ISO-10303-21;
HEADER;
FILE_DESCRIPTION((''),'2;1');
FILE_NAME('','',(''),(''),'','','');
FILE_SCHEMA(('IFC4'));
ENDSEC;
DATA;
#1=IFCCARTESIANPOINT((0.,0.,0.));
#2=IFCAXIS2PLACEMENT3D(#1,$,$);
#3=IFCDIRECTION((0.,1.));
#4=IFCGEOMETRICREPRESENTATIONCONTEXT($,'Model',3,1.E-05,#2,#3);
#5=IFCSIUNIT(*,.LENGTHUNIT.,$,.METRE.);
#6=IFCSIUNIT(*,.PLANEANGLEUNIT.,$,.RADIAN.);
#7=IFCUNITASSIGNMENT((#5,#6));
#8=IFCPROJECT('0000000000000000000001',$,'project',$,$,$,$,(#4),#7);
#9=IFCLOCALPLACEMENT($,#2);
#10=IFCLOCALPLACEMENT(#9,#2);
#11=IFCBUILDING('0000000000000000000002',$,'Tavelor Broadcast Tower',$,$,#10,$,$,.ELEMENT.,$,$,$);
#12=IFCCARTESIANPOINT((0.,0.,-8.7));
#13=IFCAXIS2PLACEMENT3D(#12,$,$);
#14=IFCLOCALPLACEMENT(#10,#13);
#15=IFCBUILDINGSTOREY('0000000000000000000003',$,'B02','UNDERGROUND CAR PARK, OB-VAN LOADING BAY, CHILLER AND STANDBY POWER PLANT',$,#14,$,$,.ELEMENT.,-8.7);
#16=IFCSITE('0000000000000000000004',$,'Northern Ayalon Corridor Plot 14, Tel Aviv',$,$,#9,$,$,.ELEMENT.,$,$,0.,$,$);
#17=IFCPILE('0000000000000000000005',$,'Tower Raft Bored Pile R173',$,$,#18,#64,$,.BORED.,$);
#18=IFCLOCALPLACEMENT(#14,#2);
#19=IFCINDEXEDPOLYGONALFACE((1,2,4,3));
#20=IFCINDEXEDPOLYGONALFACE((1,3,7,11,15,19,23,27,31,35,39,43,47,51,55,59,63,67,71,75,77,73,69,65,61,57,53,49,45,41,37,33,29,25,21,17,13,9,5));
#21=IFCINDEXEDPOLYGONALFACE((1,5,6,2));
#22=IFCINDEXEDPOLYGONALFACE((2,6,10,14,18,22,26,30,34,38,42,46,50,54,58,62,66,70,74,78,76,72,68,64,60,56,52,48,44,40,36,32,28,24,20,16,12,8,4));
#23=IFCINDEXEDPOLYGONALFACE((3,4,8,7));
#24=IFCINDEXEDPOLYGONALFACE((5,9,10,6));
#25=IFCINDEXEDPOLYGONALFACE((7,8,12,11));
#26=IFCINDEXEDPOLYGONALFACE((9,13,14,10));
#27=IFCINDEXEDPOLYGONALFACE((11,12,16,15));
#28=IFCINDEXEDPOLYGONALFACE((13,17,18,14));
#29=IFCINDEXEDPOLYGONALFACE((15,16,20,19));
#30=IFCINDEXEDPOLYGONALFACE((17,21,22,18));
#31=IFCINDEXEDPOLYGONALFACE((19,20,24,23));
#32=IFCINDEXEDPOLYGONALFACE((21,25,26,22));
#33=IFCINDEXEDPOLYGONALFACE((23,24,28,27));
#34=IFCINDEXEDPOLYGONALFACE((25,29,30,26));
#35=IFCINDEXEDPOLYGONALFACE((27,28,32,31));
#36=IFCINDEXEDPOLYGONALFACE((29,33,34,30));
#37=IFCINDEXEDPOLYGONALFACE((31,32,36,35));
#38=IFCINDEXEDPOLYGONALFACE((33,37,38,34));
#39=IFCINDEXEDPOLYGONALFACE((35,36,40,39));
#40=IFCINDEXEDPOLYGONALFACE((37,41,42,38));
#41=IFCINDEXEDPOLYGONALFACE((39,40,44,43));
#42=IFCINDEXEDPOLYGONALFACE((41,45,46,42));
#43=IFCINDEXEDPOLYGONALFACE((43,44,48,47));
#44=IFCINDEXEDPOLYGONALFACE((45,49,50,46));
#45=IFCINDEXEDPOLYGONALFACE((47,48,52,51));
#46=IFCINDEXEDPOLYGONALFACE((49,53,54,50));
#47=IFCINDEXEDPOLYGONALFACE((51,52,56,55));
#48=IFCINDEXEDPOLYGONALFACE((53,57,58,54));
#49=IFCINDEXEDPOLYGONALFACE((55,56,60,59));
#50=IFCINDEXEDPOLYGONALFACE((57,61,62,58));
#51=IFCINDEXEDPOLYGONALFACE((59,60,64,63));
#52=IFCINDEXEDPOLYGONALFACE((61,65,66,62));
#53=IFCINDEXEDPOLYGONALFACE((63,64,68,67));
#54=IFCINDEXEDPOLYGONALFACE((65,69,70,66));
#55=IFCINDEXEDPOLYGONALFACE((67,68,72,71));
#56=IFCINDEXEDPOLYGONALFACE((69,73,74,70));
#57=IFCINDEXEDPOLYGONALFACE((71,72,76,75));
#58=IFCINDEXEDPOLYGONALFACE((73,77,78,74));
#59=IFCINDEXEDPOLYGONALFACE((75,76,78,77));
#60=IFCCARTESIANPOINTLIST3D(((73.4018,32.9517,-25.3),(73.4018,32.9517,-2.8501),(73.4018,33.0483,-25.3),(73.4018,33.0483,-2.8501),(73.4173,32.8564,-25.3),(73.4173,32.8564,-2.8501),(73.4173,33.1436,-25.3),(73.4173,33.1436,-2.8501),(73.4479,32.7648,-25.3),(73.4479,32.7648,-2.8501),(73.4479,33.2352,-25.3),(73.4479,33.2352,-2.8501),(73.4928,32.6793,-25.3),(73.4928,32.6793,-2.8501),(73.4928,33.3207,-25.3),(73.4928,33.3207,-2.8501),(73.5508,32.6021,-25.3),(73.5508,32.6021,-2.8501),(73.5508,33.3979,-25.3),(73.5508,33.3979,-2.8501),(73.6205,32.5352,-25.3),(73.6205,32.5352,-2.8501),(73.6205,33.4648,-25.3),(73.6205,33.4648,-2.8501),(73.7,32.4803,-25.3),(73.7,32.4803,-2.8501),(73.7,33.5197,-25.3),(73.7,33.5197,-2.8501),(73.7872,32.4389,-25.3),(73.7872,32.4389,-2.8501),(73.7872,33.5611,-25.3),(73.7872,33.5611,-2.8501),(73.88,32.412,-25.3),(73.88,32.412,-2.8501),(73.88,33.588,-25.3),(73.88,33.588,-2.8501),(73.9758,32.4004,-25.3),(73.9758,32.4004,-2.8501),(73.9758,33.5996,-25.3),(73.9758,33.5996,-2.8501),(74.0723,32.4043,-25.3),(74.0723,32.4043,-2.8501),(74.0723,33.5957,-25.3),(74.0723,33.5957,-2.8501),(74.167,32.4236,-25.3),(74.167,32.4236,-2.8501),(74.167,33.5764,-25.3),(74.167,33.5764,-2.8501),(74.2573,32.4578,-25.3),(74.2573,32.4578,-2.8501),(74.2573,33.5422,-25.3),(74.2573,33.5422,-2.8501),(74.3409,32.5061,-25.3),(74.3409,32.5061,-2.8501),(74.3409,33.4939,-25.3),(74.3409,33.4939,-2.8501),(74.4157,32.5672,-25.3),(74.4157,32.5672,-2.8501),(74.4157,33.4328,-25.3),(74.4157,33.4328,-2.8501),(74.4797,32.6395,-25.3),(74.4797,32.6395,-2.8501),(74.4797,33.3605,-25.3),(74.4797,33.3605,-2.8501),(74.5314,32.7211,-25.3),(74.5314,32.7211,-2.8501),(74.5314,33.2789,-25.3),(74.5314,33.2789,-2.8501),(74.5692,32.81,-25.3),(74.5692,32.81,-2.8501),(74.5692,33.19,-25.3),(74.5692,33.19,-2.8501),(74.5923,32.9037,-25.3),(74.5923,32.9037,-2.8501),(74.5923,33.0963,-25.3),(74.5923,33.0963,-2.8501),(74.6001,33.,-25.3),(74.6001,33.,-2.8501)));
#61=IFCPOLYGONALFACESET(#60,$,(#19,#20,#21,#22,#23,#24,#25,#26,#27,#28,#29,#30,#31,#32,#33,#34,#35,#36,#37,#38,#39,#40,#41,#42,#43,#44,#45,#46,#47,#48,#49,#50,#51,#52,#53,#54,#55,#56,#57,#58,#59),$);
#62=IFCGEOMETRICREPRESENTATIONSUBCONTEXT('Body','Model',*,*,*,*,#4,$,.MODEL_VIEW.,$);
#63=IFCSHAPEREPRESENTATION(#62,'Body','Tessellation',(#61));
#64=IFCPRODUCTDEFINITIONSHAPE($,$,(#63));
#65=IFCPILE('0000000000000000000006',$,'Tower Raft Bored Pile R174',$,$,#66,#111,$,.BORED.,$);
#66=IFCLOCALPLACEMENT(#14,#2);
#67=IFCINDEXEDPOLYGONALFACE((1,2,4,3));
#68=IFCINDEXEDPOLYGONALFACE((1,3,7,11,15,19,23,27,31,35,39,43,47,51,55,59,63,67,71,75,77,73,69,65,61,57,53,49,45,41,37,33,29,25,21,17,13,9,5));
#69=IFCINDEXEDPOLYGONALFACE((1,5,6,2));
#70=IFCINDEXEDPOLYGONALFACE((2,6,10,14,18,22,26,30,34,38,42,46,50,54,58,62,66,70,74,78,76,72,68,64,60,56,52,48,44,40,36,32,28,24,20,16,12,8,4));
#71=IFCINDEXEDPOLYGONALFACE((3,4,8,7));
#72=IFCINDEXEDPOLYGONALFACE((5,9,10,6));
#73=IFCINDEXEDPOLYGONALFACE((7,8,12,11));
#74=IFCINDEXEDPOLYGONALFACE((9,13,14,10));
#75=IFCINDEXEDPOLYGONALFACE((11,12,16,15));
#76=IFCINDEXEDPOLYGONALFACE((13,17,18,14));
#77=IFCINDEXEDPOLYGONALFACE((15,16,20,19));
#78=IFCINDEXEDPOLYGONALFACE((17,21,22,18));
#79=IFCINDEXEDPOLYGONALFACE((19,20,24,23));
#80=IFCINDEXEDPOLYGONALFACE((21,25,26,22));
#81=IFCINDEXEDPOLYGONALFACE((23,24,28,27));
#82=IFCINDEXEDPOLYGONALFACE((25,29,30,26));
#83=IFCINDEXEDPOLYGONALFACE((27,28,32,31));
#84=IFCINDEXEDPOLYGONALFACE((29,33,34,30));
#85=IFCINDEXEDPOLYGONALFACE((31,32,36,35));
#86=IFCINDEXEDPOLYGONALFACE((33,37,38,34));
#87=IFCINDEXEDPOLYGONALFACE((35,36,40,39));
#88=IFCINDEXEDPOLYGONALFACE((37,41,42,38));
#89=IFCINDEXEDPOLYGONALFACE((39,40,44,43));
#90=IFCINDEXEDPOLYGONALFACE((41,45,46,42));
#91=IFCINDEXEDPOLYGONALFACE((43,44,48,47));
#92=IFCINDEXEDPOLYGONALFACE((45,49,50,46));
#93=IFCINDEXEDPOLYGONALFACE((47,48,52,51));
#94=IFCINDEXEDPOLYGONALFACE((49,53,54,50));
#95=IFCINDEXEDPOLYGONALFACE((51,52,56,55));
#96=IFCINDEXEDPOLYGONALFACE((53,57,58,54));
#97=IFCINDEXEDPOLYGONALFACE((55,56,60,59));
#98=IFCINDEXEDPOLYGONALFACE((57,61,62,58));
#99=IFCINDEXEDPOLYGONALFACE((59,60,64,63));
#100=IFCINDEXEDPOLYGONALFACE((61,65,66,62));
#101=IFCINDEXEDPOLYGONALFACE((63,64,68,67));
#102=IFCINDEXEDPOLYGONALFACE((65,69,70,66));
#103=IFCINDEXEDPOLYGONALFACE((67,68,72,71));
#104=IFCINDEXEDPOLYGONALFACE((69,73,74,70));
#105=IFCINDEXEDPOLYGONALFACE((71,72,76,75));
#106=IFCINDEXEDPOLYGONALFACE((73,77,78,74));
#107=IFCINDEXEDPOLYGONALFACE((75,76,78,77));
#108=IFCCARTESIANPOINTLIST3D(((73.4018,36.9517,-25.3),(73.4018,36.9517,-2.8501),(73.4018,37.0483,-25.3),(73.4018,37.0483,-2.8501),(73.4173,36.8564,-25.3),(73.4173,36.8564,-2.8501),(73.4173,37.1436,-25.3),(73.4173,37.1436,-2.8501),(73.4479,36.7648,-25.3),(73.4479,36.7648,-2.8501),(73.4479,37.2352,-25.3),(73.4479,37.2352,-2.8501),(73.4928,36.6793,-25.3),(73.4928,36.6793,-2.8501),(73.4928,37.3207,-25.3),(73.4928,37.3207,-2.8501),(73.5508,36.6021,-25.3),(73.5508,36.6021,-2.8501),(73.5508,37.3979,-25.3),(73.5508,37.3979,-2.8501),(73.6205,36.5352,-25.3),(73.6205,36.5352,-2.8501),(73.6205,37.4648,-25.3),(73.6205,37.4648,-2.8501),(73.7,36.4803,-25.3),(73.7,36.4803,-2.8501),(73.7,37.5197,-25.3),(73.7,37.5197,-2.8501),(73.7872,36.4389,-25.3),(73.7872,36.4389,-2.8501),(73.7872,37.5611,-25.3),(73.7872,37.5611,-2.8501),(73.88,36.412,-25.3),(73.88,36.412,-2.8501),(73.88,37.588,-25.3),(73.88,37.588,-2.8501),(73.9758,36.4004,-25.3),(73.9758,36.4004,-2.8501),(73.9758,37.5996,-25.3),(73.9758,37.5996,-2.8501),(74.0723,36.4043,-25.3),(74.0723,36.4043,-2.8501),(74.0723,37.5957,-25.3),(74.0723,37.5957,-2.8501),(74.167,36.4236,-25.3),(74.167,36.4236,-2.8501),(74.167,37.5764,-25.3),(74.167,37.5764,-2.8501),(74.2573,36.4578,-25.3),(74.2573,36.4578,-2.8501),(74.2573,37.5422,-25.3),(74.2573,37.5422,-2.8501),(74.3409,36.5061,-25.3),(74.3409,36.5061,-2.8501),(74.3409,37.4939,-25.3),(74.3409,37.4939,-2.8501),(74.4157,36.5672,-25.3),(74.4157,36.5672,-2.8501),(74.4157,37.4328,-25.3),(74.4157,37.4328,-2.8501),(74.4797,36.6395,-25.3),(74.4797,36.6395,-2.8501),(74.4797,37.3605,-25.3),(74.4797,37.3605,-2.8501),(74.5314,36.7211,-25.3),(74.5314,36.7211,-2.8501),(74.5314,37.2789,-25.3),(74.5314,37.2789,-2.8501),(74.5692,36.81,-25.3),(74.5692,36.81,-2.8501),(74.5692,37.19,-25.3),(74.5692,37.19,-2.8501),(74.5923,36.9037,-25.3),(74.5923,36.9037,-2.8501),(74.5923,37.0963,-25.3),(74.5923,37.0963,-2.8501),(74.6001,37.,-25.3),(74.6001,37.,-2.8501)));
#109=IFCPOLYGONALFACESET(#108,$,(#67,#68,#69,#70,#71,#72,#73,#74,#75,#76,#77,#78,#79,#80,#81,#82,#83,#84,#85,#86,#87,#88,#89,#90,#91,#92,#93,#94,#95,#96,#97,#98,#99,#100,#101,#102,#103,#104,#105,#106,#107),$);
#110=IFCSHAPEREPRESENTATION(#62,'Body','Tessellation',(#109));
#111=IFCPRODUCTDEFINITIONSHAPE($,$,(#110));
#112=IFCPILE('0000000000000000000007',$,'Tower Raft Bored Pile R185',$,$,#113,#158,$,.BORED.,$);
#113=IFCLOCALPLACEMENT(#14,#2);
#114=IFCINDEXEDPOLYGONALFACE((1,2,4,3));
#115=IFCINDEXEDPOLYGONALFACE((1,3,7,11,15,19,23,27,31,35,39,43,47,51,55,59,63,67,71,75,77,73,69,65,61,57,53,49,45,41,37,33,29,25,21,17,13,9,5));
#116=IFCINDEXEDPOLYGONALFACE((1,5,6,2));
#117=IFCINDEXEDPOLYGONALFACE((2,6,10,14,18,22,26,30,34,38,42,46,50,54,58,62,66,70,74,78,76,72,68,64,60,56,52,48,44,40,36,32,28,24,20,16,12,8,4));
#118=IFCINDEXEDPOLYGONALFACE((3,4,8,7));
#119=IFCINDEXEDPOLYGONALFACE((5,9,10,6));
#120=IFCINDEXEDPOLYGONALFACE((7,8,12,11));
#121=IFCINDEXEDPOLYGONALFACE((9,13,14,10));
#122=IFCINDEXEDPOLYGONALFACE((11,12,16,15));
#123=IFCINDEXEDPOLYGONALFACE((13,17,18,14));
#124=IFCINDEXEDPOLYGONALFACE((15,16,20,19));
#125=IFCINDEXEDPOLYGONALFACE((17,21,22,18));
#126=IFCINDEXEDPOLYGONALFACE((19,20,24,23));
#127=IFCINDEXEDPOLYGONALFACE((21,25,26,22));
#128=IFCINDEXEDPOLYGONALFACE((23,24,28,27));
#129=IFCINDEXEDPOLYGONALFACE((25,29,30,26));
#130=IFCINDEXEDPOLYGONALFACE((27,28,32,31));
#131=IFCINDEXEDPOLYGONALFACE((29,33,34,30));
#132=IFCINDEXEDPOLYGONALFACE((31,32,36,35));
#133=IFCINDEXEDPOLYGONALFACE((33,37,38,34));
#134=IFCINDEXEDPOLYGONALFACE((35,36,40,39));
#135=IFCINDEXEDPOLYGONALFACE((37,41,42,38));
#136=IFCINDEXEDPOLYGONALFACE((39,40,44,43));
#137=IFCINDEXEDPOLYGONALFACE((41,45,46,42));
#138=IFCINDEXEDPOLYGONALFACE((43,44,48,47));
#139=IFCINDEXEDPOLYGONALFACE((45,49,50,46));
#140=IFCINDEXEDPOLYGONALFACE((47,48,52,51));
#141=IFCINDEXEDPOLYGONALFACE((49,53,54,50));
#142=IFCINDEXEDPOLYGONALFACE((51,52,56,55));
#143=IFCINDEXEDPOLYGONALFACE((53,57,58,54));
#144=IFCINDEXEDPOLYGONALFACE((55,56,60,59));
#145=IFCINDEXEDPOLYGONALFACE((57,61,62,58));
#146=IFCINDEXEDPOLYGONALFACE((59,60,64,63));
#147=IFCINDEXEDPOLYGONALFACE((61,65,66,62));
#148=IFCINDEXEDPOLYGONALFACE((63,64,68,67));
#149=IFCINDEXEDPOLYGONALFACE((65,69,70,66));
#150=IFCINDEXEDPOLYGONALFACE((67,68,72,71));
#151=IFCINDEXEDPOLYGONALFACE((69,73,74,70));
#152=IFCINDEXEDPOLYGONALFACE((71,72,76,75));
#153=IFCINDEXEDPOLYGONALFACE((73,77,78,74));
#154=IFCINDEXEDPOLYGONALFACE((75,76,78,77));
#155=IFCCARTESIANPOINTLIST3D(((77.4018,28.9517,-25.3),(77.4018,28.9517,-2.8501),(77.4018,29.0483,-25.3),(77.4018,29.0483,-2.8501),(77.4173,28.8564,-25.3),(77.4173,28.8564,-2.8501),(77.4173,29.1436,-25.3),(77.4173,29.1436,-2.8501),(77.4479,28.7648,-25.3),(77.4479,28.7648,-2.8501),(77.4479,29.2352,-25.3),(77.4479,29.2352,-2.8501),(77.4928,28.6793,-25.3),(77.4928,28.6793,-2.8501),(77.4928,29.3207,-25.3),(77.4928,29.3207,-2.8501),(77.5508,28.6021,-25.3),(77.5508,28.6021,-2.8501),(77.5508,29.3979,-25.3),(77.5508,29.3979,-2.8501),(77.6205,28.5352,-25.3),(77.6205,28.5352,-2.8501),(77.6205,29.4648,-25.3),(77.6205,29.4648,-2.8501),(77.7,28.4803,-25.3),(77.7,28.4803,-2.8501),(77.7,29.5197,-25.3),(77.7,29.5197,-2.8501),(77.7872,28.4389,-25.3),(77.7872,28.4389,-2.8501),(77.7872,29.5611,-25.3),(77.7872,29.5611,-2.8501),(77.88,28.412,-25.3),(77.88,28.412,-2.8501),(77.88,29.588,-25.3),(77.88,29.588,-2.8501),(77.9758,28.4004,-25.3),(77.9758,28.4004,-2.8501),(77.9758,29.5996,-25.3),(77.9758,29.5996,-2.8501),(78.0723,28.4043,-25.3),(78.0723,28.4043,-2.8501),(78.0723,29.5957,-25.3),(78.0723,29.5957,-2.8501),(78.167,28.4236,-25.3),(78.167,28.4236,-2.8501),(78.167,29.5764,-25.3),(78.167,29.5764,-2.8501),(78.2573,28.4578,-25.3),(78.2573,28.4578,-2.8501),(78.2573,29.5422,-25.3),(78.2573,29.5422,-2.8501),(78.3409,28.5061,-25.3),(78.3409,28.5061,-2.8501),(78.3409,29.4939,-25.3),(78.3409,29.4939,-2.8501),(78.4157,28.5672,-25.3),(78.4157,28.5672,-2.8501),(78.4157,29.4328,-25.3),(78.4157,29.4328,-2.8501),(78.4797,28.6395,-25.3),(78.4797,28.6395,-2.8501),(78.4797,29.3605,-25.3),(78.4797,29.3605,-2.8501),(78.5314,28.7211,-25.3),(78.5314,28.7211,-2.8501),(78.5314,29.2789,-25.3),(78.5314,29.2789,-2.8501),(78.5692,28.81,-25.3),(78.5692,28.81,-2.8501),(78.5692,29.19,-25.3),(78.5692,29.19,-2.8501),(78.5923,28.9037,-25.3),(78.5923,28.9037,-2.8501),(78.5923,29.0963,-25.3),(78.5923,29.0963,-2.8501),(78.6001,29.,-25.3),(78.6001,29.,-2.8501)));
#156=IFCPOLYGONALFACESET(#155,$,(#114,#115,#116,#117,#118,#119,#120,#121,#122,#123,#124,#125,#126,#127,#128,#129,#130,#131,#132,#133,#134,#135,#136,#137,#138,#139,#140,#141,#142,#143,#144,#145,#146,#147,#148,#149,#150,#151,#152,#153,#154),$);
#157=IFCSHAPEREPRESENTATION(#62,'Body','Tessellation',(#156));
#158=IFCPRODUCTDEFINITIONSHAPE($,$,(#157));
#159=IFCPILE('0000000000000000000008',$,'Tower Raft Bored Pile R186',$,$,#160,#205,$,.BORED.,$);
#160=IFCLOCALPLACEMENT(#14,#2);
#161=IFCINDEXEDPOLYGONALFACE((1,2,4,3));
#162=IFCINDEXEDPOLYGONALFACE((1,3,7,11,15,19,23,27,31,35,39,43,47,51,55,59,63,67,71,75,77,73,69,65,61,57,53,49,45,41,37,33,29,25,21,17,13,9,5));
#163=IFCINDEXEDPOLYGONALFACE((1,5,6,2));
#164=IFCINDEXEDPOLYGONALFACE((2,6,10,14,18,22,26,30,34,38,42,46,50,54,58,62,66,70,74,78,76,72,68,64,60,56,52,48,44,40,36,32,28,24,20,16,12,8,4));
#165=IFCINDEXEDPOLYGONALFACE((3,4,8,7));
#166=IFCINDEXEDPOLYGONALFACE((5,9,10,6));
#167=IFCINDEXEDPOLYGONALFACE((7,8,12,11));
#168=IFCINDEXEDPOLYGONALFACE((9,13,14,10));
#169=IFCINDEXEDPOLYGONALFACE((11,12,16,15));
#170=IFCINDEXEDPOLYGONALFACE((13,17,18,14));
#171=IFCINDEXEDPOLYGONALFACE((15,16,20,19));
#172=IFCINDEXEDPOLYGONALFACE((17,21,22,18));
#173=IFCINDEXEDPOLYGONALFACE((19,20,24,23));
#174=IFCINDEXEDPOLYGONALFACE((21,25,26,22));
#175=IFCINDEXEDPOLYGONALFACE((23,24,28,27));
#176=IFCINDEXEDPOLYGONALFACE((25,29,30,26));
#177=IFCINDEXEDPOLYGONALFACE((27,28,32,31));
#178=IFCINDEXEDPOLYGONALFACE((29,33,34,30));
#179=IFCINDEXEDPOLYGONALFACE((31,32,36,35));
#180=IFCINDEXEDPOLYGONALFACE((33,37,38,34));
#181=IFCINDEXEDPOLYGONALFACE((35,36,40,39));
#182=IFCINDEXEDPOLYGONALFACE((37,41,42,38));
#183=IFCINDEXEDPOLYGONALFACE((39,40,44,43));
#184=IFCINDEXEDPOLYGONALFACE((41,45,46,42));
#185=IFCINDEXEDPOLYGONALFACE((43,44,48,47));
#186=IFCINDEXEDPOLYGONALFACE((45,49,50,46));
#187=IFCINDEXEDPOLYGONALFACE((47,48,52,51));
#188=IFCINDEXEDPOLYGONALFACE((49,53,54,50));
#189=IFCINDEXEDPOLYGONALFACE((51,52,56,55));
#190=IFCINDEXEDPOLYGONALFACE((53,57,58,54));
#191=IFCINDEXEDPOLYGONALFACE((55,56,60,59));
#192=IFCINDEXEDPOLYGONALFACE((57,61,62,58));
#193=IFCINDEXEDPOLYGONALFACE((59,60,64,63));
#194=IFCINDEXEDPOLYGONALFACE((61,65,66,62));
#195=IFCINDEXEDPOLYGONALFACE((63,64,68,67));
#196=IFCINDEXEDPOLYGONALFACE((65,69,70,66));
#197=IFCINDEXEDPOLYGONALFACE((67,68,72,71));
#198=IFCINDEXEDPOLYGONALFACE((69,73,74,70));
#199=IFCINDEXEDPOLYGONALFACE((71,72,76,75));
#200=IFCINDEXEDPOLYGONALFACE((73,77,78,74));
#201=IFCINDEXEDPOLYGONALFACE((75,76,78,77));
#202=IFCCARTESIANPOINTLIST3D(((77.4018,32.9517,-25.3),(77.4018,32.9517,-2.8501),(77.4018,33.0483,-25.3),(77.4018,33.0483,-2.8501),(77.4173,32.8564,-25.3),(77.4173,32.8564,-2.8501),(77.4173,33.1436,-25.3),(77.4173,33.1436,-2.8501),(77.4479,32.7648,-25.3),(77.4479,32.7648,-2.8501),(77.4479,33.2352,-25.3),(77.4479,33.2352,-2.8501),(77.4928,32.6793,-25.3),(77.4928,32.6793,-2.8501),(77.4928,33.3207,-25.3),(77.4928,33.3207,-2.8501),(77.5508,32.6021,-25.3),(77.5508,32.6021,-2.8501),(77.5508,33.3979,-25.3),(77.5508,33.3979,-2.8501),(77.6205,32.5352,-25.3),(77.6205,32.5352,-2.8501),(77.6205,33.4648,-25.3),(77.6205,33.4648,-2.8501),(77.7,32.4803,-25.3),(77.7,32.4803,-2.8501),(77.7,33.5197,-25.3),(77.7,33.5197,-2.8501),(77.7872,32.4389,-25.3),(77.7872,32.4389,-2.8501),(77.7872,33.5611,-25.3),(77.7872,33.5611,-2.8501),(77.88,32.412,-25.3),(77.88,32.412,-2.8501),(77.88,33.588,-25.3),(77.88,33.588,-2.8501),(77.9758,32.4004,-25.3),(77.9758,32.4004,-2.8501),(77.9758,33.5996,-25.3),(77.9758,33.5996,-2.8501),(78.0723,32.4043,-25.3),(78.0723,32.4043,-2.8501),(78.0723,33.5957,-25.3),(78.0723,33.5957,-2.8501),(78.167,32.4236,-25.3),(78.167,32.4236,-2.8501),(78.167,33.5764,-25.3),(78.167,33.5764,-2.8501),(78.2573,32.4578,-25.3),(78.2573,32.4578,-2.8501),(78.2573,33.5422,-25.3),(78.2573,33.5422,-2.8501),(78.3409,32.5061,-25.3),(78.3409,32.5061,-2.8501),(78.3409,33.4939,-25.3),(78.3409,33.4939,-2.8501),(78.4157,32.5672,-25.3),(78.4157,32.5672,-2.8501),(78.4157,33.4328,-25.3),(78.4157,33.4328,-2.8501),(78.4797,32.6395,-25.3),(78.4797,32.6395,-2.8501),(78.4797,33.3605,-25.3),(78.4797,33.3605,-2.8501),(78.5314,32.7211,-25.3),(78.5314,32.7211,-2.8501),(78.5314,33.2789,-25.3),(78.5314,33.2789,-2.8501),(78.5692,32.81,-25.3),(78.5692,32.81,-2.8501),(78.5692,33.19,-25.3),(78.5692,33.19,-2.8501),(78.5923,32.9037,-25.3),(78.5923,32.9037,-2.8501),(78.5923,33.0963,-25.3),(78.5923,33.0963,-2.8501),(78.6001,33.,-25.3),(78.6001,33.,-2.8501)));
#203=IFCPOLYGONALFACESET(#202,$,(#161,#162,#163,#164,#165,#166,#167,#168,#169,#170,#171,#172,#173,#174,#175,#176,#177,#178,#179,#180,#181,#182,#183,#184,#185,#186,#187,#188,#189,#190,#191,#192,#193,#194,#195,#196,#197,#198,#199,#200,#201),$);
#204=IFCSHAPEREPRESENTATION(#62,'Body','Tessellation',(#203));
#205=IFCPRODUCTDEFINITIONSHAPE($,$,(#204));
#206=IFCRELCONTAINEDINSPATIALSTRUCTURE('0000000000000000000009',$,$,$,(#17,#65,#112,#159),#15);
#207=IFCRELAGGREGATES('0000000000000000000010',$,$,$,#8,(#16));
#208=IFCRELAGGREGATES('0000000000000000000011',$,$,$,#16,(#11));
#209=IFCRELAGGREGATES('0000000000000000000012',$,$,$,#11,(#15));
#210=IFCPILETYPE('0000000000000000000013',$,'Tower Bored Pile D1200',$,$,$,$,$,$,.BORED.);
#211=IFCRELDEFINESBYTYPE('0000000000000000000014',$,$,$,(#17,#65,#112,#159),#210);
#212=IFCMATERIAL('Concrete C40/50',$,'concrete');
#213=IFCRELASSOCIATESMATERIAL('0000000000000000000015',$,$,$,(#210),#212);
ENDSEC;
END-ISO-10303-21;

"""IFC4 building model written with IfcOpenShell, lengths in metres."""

from ifc_helpers import new_model, si_unit, direction, frame, origin, origin_2d, place, context, subcontext, project, spatial, circle, extrude, material, material_profile, profile_set, type_object, element, save


model = new_model("IFC4")

# Units and contexts
model_context = context("Model", 3, precision=1e-05, world=origin(), true_north=direction((0.0, 1.0)))
body_context = subcontext(model_context, "Body", "Model", "MODEL_VIEW")
ifc_project = project(units=[si_unit("LENGTHUNIT", "METRE"), si_unit("PLANEANGLEUNIT", "RADIAN")], contexts=[model_context])

# Site, building, storey
site_placement = place(None, origin())
site = spatial("IfcSite", under=ifc_project, at=site_placement, Name="Northern Ayalon Corridor Plot 14, Tel Aviv", CompositionType="ELEMENT", RefElevation=0.0)
building_placement = place(site_placement, origin())
building = spatial("IfcBuilding", under=site, at=building_placement, Name="Tavelor Broadcast Tower", CompositionType="ELEMENT")
storey_placement = place(building_placement, frame((0.0, 0.0, -8.7)))
storey = spatial("IfcBuildingStorey", under=building, at=storey_placement, Name="B02", Description="UNDERGROUND CAR PARK, OB-VAN LOADING BAY, CHILLER AND STANDBY POWER PLANT", CompositionType="ELEMENT", Elevation=-8.7)

# Shared definitions
ifc_material_1 = material(Name="Concrete C40/50", Category="concrete")

# Piles
ifc_material_profile_1 = material_profile(ifc_material_1, circle(Radius=0.6001, at=origin_2d()), Name="PILE D1200")
ifc_profile_set_1 = profile_set([ifc_material_profile_1], Name="Concrete C40/50")
pile_type_1 = type_object("IfcPileType", Name="Tower Bored Pile D1200", PredefinedType="BORED", material=ifc_profile_set_1)
for number, where, z_axis, x_axis, name in (
    (1, (74.0, 33.0, -2.8501), (0.0, 0.0, -1.0), (1.0, 0.0, 0.0), "Tower Raft Bored Pile R173"),
    (2, (74.0, 37.0, -2.8501), (0.0, 0.0, -1.0), (1.0, 0.0, 0.0), "Tower Raft Bored Pile R174"),
    (3, (78.0, 29.0, -2.8501), (0.0, 0.0, -1.0), (1.0, 0.0, 0.0), "Tower Raft Bored Pile R185"),
    (4, (78.0, 33.0, -2.8501), (0.0, 0.0, -1.0), (1.0, 0.0, 0.0), "Tower Raft Bored Pile R186"),
):
    element("IfcPile", number, at=place(storey_placement, frame(where, z_axis=z_axis, x_axis=x_axis)), inside=storey, type_object=pile_type_1, Name=name, PredefinedType="BORED", context=body_context, shape_type="SweptSolid", body=[
        extrude(circle(Radius=0.6001, at=origin_2d()), origin(), (0.0, 0.0, 1.0), 22.45),
    ])

save(model, "model.ifc")
